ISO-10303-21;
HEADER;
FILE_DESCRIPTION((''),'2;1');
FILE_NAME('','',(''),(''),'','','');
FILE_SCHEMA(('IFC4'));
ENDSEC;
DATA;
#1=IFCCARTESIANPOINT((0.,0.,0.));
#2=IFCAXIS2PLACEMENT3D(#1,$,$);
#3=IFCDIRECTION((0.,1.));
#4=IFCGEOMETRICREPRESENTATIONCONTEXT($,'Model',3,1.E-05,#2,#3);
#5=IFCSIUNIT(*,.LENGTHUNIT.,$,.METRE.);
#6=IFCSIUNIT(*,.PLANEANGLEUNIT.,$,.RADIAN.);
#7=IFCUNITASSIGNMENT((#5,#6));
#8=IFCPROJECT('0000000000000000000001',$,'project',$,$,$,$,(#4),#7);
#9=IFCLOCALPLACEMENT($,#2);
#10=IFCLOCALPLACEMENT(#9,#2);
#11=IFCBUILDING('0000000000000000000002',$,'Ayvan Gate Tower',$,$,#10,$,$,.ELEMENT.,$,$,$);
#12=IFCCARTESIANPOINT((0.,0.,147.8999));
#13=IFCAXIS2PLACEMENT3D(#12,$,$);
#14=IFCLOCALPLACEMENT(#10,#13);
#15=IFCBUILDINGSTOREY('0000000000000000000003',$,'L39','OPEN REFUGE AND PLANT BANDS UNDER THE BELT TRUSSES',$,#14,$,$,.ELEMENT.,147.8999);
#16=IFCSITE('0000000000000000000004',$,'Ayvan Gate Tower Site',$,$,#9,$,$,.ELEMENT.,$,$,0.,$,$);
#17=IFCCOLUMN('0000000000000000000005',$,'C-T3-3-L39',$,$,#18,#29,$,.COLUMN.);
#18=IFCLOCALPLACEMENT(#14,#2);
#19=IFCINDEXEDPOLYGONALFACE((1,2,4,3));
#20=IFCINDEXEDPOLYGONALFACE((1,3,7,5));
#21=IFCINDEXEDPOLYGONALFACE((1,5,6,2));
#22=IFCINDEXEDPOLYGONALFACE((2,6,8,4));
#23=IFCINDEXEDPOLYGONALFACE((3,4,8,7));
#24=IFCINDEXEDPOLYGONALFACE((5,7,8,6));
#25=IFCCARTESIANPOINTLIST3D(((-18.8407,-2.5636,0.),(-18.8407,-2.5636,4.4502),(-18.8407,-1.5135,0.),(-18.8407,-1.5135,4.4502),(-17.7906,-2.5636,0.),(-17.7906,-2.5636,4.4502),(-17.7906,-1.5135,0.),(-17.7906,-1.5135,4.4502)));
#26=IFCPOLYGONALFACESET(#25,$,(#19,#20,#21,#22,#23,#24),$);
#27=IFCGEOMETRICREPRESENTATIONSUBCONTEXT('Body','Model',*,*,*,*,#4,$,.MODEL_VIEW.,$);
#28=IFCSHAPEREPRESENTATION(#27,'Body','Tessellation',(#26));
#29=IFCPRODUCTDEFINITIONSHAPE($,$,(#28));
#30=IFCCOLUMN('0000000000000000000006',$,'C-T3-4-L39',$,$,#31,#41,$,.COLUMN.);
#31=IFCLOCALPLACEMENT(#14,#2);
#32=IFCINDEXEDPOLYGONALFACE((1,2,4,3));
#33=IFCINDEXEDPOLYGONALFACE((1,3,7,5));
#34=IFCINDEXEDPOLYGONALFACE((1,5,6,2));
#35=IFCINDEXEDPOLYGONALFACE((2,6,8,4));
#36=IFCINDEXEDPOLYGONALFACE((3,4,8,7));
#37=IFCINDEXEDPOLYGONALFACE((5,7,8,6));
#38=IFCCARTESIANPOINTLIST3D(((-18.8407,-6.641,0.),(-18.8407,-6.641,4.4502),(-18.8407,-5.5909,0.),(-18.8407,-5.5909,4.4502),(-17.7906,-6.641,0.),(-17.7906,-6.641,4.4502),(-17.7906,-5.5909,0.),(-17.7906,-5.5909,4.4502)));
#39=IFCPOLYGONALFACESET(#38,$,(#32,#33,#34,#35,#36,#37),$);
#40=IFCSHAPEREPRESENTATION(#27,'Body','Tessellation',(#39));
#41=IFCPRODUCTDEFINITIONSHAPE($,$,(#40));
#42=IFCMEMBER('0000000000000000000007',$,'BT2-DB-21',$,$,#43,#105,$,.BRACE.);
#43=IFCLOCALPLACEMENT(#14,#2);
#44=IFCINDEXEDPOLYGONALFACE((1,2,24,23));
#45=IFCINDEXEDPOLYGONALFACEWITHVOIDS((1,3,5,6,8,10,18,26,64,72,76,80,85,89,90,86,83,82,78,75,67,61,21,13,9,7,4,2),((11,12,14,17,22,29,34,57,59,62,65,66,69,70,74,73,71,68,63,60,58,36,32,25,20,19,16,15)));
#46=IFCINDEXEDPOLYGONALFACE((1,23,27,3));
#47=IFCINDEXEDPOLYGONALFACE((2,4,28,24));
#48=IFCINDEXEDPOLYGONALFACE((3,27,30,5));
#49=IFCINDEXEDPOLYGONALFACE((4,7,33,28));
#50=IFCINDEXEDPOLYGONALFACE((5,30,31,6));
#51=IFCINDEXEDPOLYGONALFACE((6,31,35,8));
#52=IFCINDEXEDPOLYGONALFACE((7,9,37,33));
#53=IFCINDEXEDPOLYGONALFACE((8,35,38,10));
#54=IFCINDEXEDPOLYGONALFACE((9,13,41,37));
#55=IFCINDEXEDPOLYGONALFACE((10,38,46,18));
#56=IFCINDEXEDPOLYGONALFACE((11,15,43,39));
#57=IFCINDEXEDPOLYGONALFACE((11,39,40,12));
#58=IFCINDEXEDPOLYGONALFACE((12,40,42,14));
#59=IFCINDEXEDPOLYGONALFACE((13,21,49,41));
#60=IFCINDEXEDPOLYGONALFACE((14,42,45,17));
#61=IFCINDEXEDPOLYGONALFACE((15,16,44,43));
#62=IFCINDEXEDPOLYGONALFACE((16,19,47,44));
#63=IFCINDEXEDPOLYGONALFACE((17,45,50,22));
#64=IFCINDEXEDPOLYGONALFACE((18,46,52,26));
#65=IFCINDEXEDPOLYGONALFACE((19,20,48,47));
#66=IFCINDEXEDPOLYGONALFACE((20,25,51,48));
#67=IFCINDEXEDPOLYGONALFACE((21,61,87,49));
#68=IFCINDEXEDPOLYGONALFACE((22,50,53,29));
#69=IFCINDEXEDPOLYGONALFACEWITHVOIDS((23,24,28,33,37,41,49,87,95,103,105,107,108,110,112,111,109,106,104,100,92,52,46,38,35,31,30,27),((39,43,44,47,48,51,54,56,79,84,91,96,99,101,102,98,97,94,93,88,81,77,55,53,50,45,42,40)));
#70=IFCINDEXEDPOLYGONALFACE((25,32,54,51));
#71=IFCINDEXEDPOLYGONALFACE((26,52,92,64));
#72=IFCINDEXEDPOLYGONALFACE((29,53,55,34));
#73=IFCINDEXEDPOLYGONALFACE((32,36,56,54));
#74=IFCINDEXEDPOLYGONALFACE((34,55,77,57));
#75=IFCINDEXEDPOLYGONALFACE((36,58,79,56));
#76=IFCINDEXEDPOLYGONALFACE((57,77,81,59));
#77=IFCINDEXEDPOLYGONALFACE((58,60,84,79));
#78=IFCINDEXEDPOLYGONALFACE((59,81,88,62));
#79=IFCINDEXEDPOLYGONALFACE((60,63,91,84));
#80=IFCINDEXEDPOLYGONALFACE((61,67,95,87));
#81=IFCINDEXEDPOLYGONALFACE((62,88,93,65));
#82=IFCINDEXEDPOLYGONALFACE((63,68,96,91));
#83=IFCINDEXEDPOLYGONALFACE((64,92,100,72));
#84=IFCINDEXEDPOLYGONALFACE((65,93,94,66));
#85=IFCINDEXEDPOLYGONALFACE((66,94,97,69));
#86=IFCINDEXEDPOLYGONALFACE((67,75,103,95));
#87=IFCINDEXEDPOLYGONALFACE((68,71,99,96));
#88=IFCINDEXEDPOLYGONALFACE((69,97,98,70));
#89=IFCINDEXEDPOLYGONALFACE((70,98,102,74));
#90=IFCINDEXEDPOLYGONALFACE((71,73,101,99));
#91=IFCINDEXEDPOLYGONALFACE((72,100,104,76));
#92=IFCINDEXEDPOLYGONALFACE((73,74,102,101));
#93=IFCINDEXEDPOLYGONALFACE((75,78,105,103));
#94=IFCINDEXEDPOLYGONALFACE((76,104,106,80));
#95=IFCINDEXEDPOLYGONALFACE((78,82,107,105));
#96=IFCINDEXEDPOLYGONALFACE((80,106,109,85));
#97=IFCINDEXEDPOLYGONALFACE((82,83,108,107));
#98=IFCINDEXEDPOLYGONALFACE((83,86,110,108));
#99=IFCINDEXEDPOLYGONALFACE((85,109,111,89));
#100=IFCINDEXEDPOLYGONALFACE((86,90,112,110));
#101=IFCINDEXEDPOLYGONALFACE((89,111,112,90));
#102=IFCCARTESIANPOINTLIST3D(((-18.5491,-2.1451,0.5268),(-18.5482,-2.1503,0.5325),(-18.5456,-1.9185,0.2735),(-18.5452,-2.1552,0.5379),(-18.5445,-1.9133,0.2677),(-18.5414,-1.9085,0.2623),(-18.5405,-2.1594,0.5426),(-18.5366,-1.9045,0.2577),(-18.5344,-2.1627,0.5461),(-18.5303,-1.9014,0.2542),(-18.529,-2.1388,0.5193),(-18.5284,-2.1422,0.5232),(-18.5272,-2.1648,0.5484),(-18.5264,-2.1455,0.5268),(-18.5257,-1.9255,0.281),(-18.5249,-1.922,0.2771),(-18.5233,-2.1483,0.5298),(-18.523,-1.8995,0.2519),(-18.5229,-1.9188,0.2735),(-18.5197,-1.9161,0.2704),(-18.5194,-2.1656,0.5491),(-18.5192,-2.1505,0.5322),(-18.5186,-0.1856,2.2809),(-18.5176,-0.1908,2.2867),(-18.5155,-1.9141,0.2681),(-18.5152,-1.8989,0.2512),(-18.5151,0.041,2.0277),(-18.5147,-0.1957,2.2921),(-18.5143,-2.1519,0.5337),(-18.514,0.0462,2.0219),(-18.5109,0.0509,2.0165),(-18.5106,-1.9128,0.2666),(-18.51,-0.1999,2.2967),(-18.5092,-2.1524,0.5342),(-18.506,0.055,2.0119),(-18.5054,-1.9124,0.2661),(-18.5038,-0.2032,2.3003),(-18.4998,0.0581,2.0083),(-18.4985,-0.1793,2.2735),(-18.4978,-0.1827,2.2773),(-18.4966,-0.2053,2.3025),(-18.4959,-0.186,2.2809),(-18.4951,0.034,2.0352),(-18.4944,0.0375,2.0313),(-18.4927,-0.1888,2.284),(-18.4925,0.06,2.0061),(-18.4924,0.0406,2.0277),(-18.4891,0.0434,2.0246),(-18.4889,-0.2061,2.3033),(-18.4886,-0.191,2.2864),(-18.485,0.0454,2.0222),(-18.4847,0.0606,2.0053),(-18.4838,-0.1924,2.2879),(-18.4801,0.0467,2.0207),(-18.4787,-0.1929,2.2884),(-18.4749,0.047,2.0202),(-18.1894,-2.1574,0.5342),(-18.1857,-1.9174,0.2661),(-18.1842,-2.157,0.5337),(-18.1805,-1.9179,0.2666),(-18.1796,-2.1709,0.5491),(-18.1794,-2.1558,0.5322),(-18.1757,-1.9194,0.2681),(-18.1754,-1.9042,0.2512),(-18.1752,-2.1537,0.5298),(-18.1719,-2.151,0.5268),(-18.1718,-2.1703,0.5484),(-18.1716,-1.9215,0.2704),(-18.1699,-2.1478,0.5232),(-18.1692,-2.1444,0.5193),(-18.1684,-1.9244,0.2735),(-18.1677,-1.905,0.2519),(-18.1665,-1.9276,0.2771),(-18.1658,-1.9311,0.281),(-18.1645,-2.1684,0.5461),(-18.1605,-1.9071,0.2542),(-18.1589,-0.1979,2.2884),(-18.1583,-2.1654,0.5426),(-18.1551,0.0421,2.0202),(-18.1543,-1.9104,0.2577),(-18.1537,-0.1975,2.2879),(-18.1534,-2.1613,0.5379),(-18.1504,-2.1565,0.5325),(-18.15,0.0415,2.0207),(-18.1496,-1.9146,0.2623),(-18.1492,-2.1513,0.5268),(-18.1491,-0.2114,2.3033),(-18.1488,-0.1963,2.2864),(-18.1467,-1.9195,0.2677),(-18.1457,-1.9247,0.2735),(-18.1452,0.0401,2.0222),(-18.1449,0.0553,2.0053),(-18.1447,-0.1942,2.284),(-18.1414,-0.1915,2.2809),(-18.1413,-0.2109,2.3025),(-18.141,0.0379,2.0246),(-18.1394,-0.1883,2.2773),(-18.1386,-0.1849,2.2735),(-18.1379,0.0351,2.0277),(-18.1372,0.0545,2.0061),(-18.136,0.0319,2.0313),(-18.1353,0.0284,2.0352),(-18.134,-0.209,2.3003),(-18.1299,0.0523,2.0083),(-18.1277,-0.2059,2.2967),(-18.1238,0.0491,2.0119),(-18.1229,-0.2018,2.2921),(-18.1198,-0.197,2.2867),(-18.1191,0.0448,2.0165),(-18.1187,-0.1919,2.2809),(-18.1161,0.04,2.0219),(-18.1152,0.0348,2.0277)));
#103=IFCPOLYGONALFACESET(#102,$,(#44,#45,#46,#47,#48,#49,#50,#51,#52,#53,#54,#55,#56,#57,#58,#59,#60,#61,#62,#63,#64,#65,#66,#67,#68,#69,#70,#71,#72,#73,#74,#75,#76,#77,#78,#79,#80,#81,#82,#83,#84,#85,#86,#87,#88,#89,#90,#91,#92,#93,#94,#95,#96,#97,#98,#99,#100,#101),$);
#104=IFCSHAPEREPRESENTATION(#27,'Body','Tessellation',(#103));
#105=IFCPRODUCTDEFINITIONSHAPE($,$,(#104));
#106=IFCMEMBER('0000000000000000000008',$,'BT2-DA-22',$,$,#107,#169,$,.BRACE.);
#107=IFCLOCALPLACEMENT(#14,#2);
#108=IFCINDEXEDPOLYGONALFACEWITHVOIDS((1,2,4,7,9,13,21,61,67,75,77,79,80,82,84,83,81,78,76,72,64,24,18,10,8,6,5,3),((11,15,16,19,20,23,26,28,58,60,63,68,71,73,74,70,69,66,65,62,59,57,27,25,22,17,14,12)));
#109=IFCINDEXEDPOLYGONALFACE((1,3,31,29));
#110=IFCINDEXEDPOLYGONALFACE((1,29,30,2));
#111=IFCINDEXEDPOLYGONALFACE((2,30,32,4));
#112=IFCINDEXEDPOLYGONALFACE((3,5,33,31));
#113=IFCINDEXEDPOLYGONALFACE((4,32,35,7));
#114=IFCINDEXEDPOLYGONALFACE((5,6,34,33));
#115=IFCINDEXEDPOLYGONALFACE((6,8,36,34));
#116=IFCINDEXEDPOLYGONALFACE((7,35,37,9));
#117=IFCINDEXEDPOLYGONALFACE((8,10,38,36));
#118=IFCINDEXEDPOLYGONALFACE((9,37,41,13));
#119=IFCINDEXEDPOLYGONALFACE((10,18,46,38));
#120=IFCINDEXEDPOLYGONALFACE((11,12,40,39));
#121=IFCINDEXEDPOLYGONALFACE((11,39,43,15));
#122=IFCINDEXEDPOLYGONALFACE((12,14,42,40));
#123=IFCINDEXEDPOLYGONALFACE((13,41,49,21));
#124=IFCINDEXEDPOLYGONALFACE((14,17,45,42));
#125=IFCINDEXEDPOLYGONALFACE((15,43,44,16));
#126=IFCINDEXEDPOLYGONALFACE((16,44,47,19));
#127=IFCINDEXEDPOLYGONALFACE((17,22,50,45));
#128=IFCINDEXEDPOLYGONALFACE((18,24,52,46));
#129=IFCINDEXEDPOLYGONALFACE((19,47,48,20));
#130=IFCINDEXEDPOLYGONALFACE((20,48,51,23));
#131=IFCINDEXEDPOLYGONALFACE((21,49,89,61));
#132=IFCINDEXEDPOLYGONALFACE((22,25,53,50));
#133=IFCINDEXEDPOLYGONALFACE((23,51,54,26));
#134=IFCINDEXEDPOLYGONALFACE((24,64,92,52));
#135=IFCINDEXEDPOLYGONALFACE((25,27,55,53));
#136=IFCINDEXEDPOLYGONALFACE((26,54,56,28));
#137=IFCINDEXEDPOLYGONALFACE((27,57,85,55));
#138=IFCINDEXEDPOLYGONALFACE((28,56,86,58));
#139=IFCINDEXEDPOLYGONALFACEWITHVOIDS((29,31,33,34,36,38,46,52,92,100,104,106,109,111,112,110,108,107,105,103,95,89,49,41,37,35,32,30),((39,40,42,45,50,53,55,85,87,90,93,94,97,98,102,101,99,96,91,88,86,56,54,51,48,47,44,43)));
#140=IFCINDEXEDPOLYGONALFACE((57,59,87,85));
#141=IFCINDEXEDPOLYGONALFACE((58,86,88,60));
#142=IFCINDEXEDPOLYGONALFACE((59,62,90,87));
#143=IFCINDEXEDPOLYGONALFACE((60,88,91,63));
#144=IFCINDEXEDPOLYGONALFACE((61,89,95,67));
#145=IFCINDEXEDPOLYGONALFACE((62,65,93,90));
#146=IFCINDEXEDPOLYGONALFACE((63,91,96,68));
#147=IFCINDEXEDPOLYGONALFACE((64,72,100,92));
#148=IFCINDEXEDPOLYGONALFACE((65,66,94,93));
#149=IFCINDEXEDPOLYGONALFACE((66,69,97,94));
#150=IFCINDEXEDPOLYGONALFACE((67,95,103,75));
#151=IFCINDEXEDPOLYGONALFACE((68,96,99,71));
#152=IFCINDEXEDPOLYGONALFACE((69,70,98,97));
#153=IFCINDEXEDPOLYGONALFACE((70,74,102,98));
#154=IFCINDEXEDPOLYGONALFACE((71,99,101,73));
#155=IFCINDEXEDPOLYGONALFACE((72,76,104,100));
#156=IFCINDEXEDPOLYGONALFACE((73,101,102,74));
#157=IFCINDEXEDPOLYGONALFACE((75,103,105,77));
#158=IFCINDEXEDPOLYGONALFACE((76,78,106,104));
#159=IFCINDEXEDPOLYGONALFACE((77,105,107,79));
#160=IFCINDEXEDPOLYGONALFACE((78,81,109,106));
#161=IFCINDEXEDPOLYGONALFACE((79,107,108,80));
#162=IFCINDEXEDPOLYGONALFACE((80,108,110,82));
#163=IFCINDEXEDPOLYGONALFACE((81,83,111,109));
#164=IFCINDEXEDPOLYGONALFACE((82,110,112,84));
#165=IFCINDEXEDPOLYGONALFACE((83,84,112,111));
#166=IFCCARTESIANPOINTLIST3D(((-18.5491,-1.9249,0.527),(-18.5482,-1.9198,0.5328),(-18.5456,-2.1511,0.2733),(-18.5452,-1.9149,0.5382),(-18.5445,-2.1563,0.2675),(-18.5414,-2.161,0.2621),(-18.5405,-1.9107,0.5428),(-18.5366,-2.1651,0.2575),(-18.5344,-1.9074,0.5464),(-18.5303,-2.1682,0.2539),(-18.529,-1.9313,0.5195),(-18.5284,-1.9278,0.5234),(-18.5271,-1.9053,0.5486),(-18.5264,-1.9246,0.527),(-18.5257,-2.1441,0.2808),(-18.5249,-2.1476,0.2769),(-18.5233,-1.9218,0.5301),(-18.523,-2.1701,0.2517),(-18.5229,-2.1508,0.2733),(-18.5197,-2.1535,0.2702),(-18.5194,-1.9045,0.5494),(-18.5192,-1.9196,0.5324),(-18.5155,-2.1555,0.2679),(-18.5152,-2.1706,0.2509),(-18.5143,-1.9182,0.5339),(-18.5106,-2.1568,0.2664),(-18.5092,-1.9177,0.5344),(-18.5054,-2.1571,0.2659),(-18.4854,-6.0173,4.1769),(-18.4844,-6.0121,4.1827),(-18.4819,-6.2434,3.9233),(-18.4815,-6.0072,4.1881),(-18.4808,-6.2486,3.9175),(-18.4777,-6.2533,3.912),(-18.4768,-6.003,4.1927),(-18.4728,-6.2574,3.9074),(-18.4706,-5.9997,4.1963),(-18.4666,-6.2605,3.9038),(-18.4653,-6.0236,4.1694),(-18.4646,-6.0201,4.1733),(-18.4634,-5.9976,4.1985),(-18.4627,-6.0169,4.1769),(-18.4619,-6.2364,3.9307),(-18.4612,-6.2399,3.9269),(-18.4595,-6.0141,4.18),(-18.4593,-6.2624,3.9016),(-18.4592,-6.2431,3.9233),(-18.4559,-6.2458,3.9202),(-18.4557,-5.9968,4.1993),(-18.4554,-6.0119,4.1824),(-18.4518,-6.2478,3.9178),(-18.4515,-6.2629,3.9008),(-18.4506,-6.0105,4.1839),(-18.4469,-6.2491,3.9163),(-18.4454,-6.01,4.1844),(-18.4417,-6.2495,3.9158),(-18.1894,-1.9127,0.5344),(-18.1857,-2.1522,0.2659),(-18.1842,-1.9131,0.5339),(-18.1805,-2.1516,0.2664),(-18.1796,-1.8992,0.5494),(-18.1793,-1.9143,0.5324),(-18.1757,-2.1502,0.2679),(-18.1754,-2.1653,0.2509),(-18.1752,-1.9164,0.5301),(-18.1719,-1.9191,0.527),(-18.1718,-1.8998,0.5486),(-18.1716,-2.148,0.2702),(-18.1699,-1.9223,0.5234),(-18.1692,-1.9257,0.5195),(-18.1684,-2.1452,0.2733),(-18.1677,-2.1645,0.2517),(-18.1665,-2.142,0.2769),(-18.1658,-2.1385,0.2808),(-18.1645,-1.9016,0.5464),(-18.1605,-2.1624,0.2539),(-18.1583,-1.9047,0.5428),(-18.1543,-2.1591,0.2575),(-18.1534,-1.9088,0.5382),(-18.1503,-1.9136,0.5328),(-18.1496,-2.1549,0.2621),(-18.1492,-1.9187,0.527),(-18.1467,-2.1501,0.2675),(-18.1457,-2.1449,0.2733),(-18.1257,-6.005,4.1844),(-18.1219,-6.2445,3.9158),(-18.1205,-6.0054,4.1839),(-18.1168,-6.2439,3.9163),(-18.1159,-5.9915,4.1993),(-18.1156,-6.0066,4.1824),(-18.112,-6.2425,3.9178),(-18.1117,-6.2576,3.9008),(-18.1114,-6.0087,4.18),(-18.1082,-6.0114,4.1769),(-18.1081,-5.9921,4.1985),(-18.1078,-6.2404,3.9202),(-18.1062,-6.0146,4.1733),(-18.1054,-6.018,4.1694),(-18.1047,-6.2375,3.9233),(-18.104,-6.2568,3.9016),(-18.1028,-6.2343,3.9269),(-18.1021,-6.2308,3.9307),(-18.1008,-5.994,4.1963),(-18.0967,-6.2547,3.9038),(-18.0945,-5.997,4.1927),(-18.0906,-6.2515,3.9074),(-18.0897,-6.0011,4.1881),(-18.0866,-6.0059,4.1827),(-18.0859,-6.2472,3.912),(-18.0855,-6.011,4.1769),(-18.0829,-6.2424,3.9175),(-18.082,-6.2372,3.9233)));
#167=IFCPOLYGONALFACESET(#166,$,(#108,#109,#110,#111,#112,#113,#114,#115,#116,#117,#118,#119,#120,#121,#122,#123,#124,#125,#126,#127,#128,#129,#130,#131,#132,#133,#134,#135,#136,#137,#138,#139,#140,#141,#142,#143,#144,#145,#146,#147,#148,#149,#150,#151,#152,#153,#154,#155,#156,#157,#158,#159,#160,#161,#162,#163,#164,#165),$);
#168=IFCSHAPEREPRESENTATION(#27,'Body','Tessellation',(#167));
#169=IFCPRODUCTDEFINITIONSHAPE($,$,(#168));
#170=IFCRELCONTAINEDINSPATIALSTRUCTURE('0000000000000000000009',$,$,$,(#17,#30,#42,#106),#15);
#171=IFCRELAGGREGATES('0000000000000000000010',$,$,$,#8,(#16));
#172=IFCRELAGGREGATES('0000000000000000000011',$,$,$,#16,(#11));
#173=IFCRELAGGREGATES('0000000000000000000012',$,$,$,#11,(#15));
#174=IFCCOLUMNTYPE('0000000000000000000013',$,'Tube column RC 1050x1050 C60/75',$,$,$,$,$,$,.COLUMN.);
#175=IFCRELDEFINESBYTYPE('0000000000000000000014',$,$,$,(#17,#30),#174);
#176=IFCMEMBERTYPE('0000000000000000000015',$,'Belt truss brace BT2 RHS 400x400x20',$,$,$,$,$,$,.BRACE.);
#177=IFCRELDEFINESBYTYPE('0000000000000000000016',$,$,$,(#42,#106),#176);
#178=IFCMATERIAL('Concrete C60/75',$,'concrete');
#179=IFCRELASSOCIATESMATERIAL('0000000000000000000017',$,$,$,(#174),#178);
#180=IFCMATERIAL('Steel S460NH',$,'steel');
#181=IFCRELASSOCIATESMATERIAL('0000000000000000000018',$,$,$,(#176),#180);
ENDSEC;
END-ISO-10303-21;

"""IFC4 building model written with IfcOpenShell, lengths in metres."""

from ifc_helpers import new_model, si_unit, direction, frame, origin, origin_2d, place, context, subcontext, project, spatial, rectangle, hollow_rectangle, extrude, material, material_profile, profile_set, type_object, element, save


model = new_model("IFC4")

# Units and contexts
model_context = context("Model", 3, precision=1e-05, world=origin(), true_north=direction((0.0, 1.0)))
body_context = subcontext(model_context, "Body", "Model", "MODEL_VIEW")
ifc_project = project(units=[si_unit("LENGTHUNIT", "METRE"), si_unit("PLANEANGLEUNIT", "RADIAN")], contexts=[model_context])

# Site, building, storey
site_placement = place(None, origin())
site = spatial("IfcSite", under=ifc_project, at=site_placement, Name="Ayvan Gate Tower Site", CompositionType="ELEMENT", RefElevation=0.0)
building_placement = place(site_placement, origin())
building = spatial("IfcBuilding", under=site, at=building_placement, Name="Ayvan Gate Tower", CompositionType="ELEMENT")
storey_placement = place(building_placement, frame((0.0, 0.0, 147.8999)))
storey = spatial("IfcBuildingStorey", under=building, at=storey_placement, Name="L39", Description="OPEN REFUGE AND PLANT BANDS UNDER THE BELT TRUSSES", CompositionType="ELEMENT", Elevation=147.8999)

# Columns
ifc_material_1 = material(Name="Concrete C60/75", Category="concrete")
ifc_material_profile_1 = material_profile(ifc_material_1, rectangle(XDim=1.05, YDim=1.05, at=origin_2d()), Name="RC 1050x1050")
ifc_profile_set_1 = profile_set([ifc_material_profile_1], Name="Concrete C60/75")
column_type = type_object("IfcColumnType", Name="Tube column RC 1050x1050 C60/75", PredefinedType="COLUMN", material=ifc_profile_set_1)
for number, where, z_axis, x_axis, name in (
    (1, (-18.3157, -2.0386, 0.0), (0.0, 0.0, 1.0), (-1.0, 0.0, 0.0), "C-T3-3-L39"),
    (2, (-18.3157, -6.116, 0.0), (0.0, 0.0, 1.0), (-1.0, 0.0, 0.0), "C-T3-4-L39"),
):
    element("IfcColumn", number, at=place(storey_placement, frame(where, z_axis=z_axis, x_axis=x_axis)), inside=storey, type_object=column_type, Name=name, PredefinedType="COLUMN", context=body_context, shape_type="SweptSolid", body=[
        extrude(rectangle(XDim=1.05, YDim=1.05, at=origin_2d()), origin(), (0.0, 0.0, 1.0), 4.4502),
    ])

# Members
ifc_material_2 = material(Name="Steel S460NH", Category="steel")
ifc_material_profile_2 = material_profile(ifc_material_2, hollow_rectangle(XDim=0.3999, YDim=0.3999, WallThickness=0.02, InnerFilletRadius=0.02, OuterFilletRadius=0.03, at=origin_2d()), Name="RHS 400x400x20")
ifc_profile_set_2 = profile_set([ifc_material_profile_2], Name="Steel S460NH")
member_type_1 = type_object("IfcMemberType", Name="Belt truss brace BT2 RHS 400x400x20", PredefinedType="BRACE", material=ifc_profile_set_2)
member_1_placement = place(storey_placement, frame((-18.3474, -2.0349, 0.4001), z_axis=(0.011603, 0.745014, 0.666948), x_axis=(-0.999879, 0.015572, 0.0)))
element("IfcMember", 3, at=member_1_placement, inside=storey, type_object=member_type_1, Name="BT2-DB-21", PredefinedType="BRACE", context=body_context, shape_type="SweptSolid", body=[
    extrude(hollow_rectangle(XDim=0.3999, YDim=0.3999, WallThickness=0.02, InnerFilletRadius=0.02, OuterFilletRadius=0.03, at=origin_2d()), origin(), (0.0, 0.0, 1.0), 2.6301),
])
member_2_placement = place(storey_placement, frame((-18.3474, -2.0349, 0.4001), z_axis=(0.01162, -0.746243, 0.665573), x_axis=(0.999879, 0.015569, 0.0)))
element("IfcMember", 4, at=member_2_placement, inside=storey, type_object=member_type_1, Name="BT2-DA-22", PredefinedType="BRACE", context=body_context, shape_type="SweptSolid", body=[
    extrude(hollow_rectangle(XDim=0.3999, YDim=0.3999, WallThickness=0.02, InnerFilletRadius=0.02, OuterFilletRadius=0.03, at=origin_2d()), origin(), (0.0, 0.0, 1.0), 5.4839),
])

save(model, "model.ifc")
